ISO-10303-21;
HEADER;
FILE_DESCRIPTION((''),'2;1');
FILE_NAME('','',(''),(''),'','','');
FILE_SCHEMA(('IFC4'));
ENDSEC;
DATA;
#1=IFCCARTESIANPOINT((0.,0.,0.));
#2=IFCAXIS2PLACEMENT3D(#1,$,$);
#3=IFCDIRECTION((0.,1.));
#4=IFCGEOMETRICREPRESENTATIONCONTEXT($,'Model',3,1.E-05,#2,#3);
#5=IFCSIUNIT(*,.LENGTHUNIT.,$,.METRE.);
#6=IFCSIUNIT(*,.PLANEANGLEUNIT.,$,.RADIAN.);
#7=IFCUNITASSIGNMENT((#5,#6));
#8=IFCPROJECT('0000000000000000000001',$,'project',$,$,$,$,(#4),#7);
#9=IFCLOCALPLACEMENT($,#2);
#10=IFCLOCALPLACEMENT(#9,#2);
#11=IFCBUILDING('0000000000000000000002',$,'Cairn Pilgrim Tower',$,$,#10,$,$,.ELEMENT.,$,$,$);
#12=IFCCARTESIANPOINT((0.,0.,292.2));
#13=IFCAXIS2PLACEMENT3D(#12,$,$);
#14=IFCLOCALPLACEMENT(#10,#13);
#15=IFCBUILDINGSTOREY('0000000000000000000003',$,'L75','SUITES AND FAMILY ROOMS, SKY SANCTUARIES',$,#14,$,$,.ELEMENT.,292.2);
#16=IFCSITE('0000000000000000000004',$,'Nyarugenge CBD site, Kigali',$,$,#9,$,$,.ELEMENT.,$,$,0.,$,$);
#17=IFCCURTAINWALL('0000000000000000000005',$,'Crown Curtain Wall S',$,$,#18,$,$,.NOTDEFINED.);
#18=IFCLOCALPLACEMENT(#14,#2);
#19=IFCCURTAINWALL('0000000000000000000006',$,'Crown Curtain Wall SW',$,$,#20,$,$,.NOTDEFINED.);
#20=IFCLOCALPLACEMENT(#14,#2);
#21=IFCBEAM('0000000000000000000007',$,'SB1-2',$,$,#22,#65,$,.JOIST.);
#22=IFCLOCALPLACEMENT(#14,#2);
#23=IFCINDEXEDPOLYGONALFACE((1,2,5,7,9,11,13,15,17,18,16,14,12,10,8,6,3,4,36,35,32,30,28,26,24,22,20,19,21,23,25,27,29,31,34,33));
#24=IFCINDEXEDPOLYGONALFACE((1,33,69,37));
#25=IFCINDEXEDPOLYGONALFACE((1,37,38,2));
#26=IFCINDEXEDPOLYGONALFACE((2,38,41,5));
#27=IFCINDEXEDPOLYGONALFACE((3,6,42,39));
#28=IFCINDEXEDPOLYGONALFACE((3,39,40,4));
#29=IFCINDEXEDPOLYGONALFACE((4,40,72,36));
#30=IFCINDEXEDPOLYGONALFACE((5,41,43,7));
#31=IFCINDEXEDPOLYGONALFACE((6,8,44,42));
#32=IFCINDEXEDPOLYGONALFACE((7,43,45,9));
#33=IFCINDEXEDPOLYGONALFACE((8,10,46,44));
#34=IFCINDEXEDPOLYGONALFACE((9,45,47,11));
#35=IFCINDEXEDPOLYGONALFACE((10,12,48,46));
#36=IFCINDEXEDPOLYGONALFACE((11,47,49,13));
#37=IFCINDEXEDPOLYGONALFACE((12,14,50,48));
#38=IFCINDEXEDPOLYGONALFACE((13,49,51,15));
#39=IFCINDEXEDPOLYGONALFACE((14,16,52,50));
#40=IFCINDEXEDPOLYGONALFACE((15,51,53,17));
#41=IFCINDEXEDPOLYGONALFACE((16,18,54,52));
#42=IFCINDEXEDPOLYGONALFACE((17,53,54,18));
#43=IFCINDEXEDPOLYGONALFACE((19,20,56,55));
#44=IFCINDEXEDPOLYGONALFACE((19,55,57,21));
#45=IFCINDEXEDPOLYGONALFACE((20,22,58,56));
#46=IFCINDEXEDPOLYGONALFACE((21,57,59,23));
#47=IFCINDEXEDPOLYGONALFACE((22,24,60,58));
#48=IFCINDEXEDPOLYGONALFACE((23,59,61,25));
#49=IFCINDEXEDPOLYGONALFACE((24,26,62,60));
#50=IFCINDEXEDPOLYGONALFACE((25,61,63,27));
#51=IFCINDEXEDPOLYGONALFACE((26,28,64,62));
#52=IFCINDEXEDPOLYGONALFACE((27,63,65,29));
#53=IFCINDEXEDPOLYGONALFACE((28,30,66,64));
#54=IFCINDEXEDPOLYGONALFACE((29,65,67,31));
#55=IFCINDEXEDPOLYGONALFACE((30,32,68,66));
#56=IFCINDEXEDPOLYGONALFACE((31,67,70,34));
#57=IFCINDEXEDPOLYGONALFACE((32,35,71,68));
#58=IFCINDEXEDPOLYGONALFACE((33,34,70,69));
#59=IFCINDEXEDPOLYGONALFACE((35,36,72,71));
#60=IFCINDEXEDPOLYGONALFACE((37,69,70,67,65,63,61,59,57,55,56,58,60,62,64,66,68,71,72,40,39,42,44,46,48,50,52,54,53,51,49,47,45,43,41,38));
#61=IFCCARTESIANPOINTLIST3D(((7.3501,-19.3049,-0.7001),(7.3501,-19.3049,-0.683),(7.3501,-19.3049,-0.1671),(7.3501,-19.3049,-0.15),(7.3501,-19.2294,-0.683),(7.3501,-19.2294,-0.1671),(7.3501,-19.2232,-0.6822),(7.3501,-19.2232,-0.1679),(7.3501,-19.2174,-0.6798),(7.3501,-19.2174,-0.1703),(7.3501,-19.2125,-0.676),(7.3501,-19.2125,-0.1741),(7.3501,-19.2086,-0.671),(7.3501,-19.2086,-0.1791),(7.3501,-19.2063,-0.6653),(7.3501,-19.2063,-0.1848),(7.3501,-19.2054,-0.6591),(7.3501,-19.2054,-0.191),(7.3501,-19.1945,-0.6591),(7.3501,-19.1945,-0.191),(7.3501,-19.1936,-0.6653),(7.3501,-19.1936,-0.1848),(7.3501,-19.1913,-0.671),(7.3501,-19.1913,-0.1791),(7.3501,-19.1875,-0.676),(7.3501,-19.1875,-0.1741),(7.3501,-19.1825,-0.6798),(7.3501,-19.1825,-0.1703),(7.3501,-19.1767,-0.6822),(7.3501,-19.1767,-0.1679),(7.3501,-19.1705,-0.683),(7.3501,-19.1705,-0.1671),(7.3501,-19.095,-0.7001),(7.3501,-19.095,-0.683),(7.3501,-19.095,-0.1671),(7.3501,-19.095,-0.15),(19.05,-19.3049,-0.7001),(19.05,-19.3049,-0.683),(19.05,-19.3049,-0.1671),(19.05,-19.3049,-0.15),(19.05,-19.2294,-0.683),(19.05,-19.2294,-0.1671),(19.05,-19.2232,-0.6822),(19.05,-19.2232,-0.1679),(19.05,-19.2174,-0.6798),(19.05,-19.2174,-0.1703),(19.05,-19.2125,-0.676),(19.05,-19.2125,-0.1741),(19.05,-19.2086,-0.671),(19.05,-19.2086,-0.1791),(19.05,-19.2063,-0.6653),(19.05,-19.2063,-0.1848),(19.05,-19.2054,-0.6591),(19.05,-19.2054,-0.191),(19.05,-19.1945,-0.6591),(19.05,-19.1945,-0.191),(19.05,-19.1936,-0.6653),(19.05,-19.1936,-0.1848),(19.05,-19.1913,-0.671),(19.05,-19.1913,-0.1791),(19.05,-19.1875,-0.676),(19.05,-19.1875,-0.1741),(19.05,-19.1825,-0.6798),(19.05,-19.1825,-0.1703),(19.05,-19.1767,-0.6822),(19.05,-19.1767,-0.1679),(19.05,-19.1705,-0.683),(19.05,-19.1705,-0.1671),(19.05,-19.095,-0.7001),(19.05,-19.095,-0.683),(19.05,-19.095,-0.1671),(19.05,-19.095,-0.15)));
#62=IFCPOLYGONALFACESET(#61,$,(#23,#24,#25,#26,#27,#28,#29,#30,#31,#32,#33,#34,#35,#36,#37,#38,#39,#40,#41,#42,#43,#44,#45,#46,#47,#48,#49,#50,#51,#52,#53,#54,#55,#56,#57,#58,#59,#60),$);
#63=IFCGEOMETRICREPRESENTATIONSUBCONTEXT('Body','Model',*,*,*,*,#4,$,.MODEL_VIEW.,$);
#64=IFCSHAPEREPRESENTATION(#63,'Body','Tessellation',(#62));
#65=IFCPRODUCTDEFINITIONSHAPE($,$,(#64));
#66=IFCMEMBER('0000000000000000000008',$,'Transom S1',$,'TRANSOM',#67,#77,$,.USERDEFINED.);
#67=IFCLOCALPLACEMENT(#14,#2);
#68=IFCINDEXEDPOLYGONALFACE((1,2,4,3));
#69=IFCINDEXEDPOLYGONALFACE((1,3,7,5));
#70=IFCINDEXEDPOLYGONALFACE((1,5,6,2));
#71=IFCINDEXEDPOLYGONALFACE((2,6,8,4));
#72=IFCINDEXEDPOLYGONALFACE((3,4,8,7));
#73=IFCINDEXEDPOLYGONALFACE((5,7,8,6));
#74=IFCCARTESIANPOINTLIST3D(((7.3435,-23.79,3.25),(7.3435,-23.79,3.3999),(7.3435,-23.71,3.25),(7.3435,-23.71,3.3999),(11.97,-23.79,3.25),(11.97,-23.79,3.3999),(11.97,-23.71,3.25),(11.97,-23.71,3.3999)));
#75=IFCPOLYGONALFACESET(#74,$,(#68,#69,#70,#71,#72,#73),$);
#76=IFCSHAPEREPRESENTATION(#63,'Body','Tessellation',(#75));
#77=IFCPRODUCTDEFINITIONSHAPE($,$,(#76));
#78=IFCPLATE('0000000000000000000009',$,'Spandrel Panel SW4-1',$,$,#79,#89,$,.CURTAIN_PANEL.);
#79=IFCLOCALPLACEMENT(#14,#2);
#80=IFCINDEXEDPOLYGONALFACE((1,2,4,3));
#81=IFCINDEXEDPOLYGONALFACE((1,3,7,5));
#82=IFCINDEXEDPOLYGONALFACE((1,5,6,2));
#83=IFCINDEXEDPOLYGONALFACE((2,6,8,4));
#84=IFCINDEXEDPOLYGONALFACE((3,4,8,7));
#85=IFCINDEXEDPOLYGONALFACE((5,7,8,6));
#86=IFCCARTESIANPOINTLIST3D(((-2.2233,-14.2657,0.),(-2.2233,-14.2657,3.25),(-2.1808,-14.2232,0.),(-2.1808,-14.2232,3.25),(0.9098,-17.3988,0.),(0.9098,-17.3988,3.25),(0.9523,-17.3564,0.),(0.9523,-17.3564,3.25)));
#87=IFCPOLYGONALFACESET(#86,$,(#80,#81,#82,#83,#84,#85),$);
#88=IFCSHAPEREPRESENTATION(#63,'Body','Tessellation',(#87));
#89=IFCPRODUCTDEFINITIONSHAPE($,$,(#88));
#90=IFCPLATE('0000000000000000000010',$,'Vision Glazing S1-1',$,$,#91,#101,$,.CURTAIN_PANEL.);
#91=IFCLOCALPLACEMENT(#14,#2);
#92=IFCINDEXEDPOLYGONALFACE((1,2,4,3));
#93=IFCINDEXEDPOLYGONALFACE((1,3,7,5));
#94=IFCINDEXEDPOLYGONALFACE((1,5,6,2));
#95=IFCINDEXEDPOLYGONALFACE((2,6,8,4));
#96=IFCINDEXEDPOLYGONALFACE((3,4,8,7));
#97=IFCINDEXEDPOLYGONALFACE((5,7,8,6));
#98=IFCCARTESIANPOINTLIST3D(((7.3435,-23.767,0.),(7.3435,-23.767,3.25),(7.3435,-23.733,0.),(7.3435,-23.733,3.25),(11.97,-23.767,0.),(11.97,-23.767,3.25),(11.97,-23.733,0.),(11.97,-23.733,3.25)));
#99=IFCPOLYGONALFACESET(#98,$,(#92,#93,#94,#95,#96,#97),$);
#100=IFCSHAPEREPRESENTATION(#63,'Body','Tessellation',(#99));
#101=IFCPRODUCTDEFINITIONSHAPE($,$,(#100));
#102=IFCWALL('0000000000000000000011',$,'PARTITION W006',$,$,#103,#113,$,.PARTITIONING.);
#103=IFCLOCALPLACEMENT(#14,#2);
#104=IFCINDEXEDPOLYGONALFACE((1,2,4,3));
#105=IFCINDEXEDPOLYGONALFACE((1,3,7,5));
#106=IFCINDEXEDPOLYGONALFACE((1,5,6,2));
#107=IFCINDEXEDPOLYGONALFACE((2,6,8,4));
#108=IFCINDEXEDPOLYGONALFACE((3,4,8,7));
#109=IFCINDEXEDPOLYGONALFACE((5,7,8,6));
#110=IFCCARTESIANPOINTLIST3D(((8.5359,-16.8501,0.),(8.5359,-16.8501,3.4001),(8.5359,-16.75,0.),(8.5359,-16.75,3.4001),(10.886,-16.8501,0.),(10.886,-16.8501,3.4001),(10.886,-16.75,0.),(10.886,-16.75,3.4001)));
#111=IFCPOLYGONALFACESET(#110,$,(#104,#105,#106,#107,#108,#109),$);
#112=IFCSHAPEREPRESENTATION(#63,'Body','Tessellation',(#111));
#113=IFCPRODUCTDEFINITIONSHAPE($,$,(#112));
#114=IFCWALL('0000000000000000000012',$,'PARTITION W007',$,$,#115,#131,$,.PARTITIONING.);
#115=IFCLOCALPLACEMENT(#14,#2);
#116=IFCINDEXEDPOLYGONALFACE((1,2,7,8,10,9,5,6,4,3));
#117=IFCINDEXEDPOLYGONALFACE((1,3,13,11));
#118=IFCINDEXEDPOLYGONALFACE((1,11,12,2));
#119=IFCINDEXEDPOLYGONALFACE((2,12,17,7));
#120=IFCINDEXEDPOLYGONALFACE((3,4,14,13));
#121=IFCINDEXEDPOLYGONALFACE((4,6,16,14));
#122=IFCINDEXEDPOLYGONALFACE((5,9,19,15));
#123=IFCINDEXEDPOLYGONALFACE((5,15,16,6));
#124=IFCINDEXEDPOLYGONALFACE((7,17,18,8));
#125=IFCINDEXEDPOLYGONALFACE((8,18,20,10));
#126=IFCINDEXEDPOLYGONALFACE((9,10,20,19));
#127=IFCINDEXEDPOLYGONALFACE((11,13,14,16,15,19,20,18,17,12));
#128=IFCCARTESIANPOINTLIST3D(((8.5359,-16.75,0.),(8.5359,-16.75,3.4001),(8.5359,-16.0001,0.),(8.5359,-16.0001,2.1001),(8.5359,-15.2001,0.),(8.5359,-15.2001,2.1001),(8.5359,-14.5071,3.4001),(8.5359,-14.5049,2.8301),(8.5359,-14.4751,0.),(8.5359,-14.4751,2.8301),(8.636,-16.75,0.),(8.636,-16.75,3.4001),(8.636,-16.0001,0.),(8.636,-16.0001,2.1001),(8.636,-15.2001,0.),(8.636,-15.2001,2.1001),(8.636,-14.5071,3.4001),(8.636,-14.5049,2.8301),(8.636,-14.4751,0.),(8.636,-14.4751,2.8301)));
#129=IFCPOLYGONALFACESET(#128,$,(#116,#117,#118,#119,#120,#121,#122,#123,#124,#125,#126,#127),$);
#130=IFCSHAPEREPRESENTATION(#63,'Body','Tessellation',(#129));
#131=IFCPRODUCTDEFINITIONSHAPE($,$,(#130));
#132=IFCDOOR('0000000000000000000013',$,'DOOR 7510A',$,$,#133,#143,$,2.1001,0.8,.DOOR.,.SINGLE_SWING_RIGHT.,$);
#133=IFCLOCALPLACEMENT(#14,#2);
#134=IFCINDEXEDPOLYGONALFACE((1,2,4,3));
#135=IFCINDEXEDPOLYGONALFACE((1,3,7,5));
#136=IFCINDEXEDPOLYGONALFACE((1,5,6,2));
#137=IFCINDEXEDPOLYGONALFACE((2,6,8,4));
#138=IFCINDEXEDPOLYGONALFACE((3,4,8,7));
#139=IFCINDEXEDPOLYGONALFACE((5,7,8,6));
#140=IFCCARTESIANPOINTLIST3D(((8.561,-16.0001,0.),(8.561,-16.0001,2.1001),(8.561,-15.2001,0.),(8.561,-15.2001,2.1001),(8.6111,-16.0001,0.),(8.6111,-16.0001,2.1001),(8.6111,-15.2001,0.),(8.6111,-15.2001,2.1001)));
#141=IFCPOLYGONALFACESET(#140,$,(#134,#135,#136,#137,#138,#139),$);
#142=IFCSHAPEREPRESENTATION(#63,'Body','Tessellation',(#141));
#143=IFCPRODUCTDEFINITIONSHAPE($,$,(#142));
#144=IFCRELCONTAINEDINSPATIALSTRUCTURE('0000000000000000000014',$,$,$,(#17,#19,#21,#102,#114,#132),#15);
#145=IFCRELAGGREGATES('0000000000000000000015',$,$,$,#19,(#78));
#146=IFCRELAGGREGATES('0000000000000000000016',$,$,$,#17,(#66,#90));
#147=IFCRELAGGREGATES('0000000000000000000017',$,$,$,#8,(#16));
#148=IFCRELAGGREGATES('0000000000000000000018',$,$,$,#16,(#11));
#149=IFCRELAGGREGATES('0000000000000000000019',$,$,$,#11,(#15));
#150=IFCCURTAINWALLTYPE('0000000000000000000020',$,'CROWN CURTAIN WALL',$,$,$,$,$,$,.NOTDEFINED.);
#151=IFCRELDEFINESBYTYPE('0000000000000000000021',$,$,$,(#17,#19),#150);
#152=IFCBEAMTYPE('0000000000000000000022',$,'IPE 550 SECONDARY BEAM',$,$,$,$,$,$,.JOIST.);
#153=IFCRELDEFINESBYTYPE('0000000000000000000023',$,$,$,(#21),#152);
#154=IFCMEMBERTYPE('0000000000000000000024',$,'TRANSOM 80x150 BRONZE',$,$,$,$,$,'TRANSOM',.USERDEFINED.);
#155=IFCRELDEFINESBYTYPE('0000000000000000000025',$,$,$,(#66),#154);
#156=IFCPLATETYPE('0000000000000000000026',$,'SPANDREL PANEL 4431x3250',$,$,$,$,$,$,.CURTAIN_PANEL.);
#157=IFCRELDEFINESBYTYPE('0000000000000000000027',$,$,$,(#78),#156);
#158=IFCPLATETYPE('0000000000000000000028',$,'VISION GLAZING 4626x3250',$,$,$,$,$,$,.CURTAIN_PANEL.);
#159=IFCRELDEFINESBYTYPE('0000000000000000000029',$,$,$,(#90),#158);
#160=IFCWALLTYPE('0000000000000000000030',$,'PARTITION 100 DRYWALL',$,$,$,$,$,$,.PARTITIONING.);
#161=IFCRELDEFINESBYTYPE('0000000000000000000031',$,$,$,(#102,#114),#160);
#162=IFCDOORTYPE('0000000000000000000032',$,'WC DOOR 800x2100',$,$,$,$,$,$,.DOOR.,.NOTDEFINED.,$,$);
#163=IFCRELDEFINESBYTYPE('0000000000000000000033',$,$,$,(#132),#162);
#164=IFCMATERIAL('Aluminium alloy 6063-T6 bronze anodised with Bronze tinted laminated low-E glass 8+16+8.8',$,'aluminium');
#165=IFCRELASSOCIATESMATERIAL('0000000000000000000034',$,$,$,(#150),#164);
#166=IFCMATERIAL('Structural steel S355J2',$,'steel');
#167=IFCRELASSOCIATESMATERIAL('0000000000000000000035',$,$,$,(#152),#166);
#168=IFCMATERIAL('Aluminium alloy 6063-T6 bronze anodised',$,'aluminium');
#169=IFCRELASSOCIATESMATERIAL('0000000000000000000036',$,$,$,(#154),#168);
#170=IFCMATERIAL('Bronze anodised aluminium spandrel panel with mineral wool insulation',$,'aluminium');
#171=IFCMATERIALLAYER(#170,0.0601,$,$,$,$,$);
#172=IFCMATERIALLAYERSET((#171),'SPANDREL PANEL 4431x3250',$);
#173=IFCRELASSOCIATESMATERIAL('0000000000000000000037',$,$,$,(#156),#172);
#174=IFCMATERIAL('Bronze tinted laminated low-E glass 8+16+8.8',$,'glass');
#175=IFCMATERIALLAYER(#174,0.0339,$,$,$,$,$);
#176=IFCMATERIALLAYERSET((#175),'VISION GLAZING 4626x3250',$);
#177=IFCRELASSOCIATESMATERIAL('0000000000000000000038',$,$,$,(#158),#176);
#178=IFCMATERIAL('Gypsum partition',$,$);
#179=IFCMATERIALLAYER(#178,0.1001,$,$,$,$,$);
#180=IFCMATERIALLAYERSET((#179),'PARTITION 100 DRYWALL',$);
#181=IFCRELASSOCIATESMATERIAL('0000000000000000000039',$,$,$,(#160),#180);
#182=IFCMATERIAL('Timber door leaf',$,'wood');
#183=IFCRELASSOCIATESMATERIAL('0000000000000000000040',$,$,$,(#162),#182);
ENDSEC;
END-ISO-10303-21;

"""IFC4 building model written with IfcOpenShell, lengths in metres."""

from ifc_helpers import new_model, si_unit, direction, frame, frame_2d, origin, origin_2d, place, context, subcontext, project, spatial, polyline, rectangle, i_section, outline, extrude, material, layer, layer_set, material_profile, profile_set, type_object, element, fill, aggregate, save


model = new_model("IFC4")

# Units and contexts
model_context = context("Model", 3, precision=1e-05, world=origin(), true_north=direction((0.0, 1.0)))
body_context = subcontext(model_context, "Body", "Model", "MODEL_VIEW")
ifc_project = project(units=[si_unit("LENGTHUNIT", "METRE"), si_unit("PLANEANGLEUNIT", "RADIAN")], contexts=[model_context])

# Site, building, storey
site_placement = place(None, origin())
site = spatial("IfcSite", under=ifc_project, at=site_placement, Name="Nyarugenge CBD site, Kigali", CompositionType="ELEMENT", RefElevation=0.0)
building_placement = place(site_placement, origin())
building = spatial("IfcBuilding", under=site, at=building_placement, Name="Cairn Pilgrim Tower", CompositionType="ELEMENT")
storey_placement = place(building_placement, frame((0.0, 0.0, 292.2)))
storey = spatial("IfcBuildingStorey", under=building, at=storey_placement, Name="L75", Description="SUITES AND FAMILY ROOMS, SKY SANCTUARIES", CompositionType="ELEMENT", Elevation=292.2)

# Shared definitions
ifc_material_1 = material(Name="Structural steel S355J2", Category="steel")

# Curtain wall
ifc_material_2 = material(Name="Aluminium alloy 6063-T6 bronze anodised with Bronze tinted laminated low-E glass 8+16+8.8", Category="aluminium")
curtain_wall_type = type_object("IfcCurtainWallType", Name="CROWN CURTAIN WALL", PredefinedType="NOTDEFINED", material=ifc_material_2)
curtain_wall_1_placement = place(storey_placement, origin())
curtain_wall_1 = element("IfcCurtainWall", 1, at=curtain_wall_1_placement, inside=storey, type_object=curtain_wall_type, Name="Crown Curtain Wall S", PredefinedType="NOTDEFINED")
ifc_material_3 = material(Name="Aluminium alloy 6063-T6 bronze anodised", Category="aluminium")

# Curtain wall
curtain_wall_2_placement = place(storey_placement, origin())
curtain_wall_2 = element("IfcCurtainWall", 2, at=curtain_wall_2_placement, inside=storey, type_object=curtain_wall_type, Name="Crown Curtain Wall SW", PredefinedType="NOTDEFINED")

# Beam
ifc_material_profile_1 = material_profile(ifc_material_1, i_section(OverallWidth=0.21, OverallDepth=0.55, WebThickness=0.011, FlangeThickness=0.0171, FilletRadius=0.0239, at=origin_2d()), Name="IPE 550")
ifc_profile_set_1 = profile_set([ifc_material_profile_1], Name="Structural steel S355J2")
beam_type_1 = type_object("IfcBeamType", Name="IPE 550 SECONDARY BEAM", PredefinedType="JOIST", material=ifc_profile_set_1)
beam_1_placement = place(storey_placement, frame((7.3501, -19.2, -0.425), z_axis=(1.0, 0.0, 0.0), x_axis=(0.0, 1.0, 0.0)))
element("IfcBeam", 3, at=beam_1_placement, inside=storey, type_object=beam_type_1, Name="SB1-2", PredefinedType="JOIST", context=body_context, shape_type="SweptSolid", body=[
    extrude(i_section(OverallWidth=0.21, OverallDepth=0.55, WebThickness=0.011, FlangeThickness=0.0171, FilletRadius=0.0239, at=origin_2d()), origin(), (0.0, 0.0, 1.0), 11.7),
])

# Member
ifc_material_profile_2 = material_profile(ifc_material_3, rectangle(XDim=0.0801, YDim=0.1499, at=origin_2d()), Name="TRANSOM 80x150 BRONZE")
ifc_profile_set_2 = profile_set([ifc_material_profile_2], Name="Aluminium alloy 6063-T6 bronze anodised")
member_type_1 = type_object("IfcMemberType", Name="TRANSOM 80x150 BRONZE", ElementType="TRANSOM", PredefinedType="USERDEFINED", material=ifc_profile_set_2)
member_1_placement = place(storey_placement, frame((7.3435, -23.75, 3.325), z_axis=(1.0, 0.0, 0.0), x_axis=(0.0, 1.0, 0.0)))
member_1 = element("IfcMember", 4, at=member_1_placement, type_object=member_type_1, Name="Transom S1", ObjectType="TRANSOM", PredefinedType="USERDEFINED", context=body_context, shape_type="SweptSolid", body=[
    extrude(rectangle(XDim=0.0801, YDim=0.1499, at=origin_2d()), origin(), (0.0, 0.0, 1.0), 4.6265),
])

# Plates
ifc_material_4 = material(Name="Bronze anodised aluminium spandrel panel with mineral wool insulation", Category="aluminium")
ifc_layer_1 = layer(ifc_material_4, 0.0601)
ifc_layer_set_1 = layer_set([ifc_layer_1], Name="SPANDREL PANEL 4431x3250")
plate_type_1 = type_object("IfcPlateType", Name="SPANDREL PANEL 4431x3250", PredefinedType="CURTAIN_PANEL", material=ifc_layer_set_1)
plate_1_placement = place(storey_placement, frame((-0.6355, -15.811, 0.0), z_axis=(0.0, 0.0, 1.0), x_axis=(0.707107, -0.707107, 0.0)))
plate_1 = element("IfcPlate", 5, at=plate_1_placement, type_object=plate_type_1, Name="Spandrel Panel SW4-1", PredefinedType="CURTAIN_PANEL", context=body_context, shape_type="SweptSolid", body=[
    extrude(rectangle(XDim=4.4309, YDim=0.0601, at=origin_2d()), origin(), (0.0, 0.0, 1.0), 3.25),
])
aggregate(curtain_wall_2, [plate_1])
ifc_material_5 = material(Name="Bronze tinted laminated low-E glass 8+16+8.8", Category="glass")
ifc_layer_2 = layer(ifc_material_5, 0.0339)
ifc_layer_set_2 = layer_set([ifc_layer_2], Name="VISION GLAZING 4626x3250")
plate_type_2 = type_object("IfcPlateType", Name="VISION GLAZING 4626x3250", PredefinedType="CURTAIN_PANEL", material=ifc_layer_set_2)
plate_2_placement = place(storey_placement, frame((9.6567, -23.75, 0.0), z_axis=(0.0, 0.0, 1.0), x_axis=(1.0, 0.0, 0.0)))
plate_2 = element("IfcPlate", 6, at=plate_2_placement, type_object=plate_type_2, Name="Vision Glazing S1-1", PredefinedType="CURTAIN_PANEL", context=body_context, shape_type="SweptSolid", body=[
    extrude(rectangle(XDim=4.6265, YDim=0.0339, at=origin_2d()), origin(), (0.0, 0.0, 1.0), 3.25),
])
aggregate(curtain_wall_1, [member_1, plate_2])

# Wall
ifc_material_6 = material(Name="Gypsum partition")
ifc_layer_3 = layer(ifc_material_6, 0.1001)
ifc_layer_set_3 = layer_set([ifc_layer_3], Name="PARTITION 100 DRYWALL")
wall_type_1 = type_object("IfcWallType", Name="PARTITION 100 DRYWALL", PredefinedType="PARTITIONING", material=ifc_layer_set_3)
wall_1_placement = place(storey_placement, frame((8.5359, -16.8, 0.0), z_axis=(0.0, 0.0, 1.0), x_axis=(1.0, 0.0, 0.0)))
element("IfcWall", 7, at=wall_1_placement, inside=storey, type_object=wall_type_1, Name="PARTITION W006", PredefinedType="PARTITIONING", context=body_context, shape_type="SweptSolid", body=[
    extrude(rectangle(XDim=2.3501, YDim=0.1001, at=frame_2d((1.175, 0.0))), origin(), (0.0, 0.0, 1.0), 3.4001),
])

# Wall, opening, door
wall_2_placement = place(storey_placement, frame((8.5859, -16.75, 0.0), z_axis=(0.0, 0.0, 1.0), x_axis=(0.0, 1.0, 0.0)))
wall_2 = element("IfcWall", 8, at=wall_2_placement, inside=storey, type_object=wall_type_1, Name="PARTITION W007", PredefinedType="PARTITIONING", context=body_context, shape_type="SweptSolid", body=[
    extrude(outline(polyline([(0.0, 0.0), (2.2749, 0.0), (2.2749, 2.8301), (2.2451, 2.8301), (2.2429, 3.4001), (0.0, 3.4001), (0.0, 0.0)])), frame((0.0, 0.05, 0.0), z_axis=(0.0, -1.0, 0.0), x_axis=(1.0, 0.0, 0.0)), (0.0, 0.0, 1.0), 0.1001),
])
opening_1_placement = place(wall_2_placement, frame((0.75, 0.0, 0.0)))
opening_1 = element("IfcOpeningElement", 9, at=opening_1_placement, cuts=wall_2, PredefinedType="OPENING", context=body_context, shape_type="SweptSolid", body=[
    extrude(rectangle(XDim=0.8, YDim=2.1001, at=frame_2d((0.3999, 1.05))), frame((0.0, 0.0601, 0.0), z_axis=(0.0, -1.0, 0.0), x_axis=(1.0, 0.0, 0.0)), (0.0, 0.0, 1.0), 0.1201),
])
ifc_material_7 = material(Name="Timber door leaf", Category="wood")
door_type_1 = type_object("IfcDoorType", Name="WC DOOR 800x2100", OperationType="NOTDEFINED", PredefinedType="DOOR", material=ifc_material_7)
door_1_placement = place(opening_1_placement, origin())
door_1 = element("IfcDoor", 10, at=door_1_placement, inside=storey, type_object=door_type_1, Name="DOOR 7510A", OperationType="SINGLE_SWING_RIGHT", OverallHeight=2.1001, OverallWidth=0.8, PredefinedType="DOOR", context=body_context, shape_type="SweptSolid", body=[
    extrude(rectangle(XDim=0.8, YDim=2.1001, at=frame_2d((0.3999, 1.05))), frame((0.0, 0.0249, 0.0), z_axis=(0.0, -1.0, 0.0), x_axis=(1.0, 0.0, 0.0)), (0.0, 0.0, 1.0), 0.05),
])
fill(opening_1, door_1)

save(model, "model.ifc")
